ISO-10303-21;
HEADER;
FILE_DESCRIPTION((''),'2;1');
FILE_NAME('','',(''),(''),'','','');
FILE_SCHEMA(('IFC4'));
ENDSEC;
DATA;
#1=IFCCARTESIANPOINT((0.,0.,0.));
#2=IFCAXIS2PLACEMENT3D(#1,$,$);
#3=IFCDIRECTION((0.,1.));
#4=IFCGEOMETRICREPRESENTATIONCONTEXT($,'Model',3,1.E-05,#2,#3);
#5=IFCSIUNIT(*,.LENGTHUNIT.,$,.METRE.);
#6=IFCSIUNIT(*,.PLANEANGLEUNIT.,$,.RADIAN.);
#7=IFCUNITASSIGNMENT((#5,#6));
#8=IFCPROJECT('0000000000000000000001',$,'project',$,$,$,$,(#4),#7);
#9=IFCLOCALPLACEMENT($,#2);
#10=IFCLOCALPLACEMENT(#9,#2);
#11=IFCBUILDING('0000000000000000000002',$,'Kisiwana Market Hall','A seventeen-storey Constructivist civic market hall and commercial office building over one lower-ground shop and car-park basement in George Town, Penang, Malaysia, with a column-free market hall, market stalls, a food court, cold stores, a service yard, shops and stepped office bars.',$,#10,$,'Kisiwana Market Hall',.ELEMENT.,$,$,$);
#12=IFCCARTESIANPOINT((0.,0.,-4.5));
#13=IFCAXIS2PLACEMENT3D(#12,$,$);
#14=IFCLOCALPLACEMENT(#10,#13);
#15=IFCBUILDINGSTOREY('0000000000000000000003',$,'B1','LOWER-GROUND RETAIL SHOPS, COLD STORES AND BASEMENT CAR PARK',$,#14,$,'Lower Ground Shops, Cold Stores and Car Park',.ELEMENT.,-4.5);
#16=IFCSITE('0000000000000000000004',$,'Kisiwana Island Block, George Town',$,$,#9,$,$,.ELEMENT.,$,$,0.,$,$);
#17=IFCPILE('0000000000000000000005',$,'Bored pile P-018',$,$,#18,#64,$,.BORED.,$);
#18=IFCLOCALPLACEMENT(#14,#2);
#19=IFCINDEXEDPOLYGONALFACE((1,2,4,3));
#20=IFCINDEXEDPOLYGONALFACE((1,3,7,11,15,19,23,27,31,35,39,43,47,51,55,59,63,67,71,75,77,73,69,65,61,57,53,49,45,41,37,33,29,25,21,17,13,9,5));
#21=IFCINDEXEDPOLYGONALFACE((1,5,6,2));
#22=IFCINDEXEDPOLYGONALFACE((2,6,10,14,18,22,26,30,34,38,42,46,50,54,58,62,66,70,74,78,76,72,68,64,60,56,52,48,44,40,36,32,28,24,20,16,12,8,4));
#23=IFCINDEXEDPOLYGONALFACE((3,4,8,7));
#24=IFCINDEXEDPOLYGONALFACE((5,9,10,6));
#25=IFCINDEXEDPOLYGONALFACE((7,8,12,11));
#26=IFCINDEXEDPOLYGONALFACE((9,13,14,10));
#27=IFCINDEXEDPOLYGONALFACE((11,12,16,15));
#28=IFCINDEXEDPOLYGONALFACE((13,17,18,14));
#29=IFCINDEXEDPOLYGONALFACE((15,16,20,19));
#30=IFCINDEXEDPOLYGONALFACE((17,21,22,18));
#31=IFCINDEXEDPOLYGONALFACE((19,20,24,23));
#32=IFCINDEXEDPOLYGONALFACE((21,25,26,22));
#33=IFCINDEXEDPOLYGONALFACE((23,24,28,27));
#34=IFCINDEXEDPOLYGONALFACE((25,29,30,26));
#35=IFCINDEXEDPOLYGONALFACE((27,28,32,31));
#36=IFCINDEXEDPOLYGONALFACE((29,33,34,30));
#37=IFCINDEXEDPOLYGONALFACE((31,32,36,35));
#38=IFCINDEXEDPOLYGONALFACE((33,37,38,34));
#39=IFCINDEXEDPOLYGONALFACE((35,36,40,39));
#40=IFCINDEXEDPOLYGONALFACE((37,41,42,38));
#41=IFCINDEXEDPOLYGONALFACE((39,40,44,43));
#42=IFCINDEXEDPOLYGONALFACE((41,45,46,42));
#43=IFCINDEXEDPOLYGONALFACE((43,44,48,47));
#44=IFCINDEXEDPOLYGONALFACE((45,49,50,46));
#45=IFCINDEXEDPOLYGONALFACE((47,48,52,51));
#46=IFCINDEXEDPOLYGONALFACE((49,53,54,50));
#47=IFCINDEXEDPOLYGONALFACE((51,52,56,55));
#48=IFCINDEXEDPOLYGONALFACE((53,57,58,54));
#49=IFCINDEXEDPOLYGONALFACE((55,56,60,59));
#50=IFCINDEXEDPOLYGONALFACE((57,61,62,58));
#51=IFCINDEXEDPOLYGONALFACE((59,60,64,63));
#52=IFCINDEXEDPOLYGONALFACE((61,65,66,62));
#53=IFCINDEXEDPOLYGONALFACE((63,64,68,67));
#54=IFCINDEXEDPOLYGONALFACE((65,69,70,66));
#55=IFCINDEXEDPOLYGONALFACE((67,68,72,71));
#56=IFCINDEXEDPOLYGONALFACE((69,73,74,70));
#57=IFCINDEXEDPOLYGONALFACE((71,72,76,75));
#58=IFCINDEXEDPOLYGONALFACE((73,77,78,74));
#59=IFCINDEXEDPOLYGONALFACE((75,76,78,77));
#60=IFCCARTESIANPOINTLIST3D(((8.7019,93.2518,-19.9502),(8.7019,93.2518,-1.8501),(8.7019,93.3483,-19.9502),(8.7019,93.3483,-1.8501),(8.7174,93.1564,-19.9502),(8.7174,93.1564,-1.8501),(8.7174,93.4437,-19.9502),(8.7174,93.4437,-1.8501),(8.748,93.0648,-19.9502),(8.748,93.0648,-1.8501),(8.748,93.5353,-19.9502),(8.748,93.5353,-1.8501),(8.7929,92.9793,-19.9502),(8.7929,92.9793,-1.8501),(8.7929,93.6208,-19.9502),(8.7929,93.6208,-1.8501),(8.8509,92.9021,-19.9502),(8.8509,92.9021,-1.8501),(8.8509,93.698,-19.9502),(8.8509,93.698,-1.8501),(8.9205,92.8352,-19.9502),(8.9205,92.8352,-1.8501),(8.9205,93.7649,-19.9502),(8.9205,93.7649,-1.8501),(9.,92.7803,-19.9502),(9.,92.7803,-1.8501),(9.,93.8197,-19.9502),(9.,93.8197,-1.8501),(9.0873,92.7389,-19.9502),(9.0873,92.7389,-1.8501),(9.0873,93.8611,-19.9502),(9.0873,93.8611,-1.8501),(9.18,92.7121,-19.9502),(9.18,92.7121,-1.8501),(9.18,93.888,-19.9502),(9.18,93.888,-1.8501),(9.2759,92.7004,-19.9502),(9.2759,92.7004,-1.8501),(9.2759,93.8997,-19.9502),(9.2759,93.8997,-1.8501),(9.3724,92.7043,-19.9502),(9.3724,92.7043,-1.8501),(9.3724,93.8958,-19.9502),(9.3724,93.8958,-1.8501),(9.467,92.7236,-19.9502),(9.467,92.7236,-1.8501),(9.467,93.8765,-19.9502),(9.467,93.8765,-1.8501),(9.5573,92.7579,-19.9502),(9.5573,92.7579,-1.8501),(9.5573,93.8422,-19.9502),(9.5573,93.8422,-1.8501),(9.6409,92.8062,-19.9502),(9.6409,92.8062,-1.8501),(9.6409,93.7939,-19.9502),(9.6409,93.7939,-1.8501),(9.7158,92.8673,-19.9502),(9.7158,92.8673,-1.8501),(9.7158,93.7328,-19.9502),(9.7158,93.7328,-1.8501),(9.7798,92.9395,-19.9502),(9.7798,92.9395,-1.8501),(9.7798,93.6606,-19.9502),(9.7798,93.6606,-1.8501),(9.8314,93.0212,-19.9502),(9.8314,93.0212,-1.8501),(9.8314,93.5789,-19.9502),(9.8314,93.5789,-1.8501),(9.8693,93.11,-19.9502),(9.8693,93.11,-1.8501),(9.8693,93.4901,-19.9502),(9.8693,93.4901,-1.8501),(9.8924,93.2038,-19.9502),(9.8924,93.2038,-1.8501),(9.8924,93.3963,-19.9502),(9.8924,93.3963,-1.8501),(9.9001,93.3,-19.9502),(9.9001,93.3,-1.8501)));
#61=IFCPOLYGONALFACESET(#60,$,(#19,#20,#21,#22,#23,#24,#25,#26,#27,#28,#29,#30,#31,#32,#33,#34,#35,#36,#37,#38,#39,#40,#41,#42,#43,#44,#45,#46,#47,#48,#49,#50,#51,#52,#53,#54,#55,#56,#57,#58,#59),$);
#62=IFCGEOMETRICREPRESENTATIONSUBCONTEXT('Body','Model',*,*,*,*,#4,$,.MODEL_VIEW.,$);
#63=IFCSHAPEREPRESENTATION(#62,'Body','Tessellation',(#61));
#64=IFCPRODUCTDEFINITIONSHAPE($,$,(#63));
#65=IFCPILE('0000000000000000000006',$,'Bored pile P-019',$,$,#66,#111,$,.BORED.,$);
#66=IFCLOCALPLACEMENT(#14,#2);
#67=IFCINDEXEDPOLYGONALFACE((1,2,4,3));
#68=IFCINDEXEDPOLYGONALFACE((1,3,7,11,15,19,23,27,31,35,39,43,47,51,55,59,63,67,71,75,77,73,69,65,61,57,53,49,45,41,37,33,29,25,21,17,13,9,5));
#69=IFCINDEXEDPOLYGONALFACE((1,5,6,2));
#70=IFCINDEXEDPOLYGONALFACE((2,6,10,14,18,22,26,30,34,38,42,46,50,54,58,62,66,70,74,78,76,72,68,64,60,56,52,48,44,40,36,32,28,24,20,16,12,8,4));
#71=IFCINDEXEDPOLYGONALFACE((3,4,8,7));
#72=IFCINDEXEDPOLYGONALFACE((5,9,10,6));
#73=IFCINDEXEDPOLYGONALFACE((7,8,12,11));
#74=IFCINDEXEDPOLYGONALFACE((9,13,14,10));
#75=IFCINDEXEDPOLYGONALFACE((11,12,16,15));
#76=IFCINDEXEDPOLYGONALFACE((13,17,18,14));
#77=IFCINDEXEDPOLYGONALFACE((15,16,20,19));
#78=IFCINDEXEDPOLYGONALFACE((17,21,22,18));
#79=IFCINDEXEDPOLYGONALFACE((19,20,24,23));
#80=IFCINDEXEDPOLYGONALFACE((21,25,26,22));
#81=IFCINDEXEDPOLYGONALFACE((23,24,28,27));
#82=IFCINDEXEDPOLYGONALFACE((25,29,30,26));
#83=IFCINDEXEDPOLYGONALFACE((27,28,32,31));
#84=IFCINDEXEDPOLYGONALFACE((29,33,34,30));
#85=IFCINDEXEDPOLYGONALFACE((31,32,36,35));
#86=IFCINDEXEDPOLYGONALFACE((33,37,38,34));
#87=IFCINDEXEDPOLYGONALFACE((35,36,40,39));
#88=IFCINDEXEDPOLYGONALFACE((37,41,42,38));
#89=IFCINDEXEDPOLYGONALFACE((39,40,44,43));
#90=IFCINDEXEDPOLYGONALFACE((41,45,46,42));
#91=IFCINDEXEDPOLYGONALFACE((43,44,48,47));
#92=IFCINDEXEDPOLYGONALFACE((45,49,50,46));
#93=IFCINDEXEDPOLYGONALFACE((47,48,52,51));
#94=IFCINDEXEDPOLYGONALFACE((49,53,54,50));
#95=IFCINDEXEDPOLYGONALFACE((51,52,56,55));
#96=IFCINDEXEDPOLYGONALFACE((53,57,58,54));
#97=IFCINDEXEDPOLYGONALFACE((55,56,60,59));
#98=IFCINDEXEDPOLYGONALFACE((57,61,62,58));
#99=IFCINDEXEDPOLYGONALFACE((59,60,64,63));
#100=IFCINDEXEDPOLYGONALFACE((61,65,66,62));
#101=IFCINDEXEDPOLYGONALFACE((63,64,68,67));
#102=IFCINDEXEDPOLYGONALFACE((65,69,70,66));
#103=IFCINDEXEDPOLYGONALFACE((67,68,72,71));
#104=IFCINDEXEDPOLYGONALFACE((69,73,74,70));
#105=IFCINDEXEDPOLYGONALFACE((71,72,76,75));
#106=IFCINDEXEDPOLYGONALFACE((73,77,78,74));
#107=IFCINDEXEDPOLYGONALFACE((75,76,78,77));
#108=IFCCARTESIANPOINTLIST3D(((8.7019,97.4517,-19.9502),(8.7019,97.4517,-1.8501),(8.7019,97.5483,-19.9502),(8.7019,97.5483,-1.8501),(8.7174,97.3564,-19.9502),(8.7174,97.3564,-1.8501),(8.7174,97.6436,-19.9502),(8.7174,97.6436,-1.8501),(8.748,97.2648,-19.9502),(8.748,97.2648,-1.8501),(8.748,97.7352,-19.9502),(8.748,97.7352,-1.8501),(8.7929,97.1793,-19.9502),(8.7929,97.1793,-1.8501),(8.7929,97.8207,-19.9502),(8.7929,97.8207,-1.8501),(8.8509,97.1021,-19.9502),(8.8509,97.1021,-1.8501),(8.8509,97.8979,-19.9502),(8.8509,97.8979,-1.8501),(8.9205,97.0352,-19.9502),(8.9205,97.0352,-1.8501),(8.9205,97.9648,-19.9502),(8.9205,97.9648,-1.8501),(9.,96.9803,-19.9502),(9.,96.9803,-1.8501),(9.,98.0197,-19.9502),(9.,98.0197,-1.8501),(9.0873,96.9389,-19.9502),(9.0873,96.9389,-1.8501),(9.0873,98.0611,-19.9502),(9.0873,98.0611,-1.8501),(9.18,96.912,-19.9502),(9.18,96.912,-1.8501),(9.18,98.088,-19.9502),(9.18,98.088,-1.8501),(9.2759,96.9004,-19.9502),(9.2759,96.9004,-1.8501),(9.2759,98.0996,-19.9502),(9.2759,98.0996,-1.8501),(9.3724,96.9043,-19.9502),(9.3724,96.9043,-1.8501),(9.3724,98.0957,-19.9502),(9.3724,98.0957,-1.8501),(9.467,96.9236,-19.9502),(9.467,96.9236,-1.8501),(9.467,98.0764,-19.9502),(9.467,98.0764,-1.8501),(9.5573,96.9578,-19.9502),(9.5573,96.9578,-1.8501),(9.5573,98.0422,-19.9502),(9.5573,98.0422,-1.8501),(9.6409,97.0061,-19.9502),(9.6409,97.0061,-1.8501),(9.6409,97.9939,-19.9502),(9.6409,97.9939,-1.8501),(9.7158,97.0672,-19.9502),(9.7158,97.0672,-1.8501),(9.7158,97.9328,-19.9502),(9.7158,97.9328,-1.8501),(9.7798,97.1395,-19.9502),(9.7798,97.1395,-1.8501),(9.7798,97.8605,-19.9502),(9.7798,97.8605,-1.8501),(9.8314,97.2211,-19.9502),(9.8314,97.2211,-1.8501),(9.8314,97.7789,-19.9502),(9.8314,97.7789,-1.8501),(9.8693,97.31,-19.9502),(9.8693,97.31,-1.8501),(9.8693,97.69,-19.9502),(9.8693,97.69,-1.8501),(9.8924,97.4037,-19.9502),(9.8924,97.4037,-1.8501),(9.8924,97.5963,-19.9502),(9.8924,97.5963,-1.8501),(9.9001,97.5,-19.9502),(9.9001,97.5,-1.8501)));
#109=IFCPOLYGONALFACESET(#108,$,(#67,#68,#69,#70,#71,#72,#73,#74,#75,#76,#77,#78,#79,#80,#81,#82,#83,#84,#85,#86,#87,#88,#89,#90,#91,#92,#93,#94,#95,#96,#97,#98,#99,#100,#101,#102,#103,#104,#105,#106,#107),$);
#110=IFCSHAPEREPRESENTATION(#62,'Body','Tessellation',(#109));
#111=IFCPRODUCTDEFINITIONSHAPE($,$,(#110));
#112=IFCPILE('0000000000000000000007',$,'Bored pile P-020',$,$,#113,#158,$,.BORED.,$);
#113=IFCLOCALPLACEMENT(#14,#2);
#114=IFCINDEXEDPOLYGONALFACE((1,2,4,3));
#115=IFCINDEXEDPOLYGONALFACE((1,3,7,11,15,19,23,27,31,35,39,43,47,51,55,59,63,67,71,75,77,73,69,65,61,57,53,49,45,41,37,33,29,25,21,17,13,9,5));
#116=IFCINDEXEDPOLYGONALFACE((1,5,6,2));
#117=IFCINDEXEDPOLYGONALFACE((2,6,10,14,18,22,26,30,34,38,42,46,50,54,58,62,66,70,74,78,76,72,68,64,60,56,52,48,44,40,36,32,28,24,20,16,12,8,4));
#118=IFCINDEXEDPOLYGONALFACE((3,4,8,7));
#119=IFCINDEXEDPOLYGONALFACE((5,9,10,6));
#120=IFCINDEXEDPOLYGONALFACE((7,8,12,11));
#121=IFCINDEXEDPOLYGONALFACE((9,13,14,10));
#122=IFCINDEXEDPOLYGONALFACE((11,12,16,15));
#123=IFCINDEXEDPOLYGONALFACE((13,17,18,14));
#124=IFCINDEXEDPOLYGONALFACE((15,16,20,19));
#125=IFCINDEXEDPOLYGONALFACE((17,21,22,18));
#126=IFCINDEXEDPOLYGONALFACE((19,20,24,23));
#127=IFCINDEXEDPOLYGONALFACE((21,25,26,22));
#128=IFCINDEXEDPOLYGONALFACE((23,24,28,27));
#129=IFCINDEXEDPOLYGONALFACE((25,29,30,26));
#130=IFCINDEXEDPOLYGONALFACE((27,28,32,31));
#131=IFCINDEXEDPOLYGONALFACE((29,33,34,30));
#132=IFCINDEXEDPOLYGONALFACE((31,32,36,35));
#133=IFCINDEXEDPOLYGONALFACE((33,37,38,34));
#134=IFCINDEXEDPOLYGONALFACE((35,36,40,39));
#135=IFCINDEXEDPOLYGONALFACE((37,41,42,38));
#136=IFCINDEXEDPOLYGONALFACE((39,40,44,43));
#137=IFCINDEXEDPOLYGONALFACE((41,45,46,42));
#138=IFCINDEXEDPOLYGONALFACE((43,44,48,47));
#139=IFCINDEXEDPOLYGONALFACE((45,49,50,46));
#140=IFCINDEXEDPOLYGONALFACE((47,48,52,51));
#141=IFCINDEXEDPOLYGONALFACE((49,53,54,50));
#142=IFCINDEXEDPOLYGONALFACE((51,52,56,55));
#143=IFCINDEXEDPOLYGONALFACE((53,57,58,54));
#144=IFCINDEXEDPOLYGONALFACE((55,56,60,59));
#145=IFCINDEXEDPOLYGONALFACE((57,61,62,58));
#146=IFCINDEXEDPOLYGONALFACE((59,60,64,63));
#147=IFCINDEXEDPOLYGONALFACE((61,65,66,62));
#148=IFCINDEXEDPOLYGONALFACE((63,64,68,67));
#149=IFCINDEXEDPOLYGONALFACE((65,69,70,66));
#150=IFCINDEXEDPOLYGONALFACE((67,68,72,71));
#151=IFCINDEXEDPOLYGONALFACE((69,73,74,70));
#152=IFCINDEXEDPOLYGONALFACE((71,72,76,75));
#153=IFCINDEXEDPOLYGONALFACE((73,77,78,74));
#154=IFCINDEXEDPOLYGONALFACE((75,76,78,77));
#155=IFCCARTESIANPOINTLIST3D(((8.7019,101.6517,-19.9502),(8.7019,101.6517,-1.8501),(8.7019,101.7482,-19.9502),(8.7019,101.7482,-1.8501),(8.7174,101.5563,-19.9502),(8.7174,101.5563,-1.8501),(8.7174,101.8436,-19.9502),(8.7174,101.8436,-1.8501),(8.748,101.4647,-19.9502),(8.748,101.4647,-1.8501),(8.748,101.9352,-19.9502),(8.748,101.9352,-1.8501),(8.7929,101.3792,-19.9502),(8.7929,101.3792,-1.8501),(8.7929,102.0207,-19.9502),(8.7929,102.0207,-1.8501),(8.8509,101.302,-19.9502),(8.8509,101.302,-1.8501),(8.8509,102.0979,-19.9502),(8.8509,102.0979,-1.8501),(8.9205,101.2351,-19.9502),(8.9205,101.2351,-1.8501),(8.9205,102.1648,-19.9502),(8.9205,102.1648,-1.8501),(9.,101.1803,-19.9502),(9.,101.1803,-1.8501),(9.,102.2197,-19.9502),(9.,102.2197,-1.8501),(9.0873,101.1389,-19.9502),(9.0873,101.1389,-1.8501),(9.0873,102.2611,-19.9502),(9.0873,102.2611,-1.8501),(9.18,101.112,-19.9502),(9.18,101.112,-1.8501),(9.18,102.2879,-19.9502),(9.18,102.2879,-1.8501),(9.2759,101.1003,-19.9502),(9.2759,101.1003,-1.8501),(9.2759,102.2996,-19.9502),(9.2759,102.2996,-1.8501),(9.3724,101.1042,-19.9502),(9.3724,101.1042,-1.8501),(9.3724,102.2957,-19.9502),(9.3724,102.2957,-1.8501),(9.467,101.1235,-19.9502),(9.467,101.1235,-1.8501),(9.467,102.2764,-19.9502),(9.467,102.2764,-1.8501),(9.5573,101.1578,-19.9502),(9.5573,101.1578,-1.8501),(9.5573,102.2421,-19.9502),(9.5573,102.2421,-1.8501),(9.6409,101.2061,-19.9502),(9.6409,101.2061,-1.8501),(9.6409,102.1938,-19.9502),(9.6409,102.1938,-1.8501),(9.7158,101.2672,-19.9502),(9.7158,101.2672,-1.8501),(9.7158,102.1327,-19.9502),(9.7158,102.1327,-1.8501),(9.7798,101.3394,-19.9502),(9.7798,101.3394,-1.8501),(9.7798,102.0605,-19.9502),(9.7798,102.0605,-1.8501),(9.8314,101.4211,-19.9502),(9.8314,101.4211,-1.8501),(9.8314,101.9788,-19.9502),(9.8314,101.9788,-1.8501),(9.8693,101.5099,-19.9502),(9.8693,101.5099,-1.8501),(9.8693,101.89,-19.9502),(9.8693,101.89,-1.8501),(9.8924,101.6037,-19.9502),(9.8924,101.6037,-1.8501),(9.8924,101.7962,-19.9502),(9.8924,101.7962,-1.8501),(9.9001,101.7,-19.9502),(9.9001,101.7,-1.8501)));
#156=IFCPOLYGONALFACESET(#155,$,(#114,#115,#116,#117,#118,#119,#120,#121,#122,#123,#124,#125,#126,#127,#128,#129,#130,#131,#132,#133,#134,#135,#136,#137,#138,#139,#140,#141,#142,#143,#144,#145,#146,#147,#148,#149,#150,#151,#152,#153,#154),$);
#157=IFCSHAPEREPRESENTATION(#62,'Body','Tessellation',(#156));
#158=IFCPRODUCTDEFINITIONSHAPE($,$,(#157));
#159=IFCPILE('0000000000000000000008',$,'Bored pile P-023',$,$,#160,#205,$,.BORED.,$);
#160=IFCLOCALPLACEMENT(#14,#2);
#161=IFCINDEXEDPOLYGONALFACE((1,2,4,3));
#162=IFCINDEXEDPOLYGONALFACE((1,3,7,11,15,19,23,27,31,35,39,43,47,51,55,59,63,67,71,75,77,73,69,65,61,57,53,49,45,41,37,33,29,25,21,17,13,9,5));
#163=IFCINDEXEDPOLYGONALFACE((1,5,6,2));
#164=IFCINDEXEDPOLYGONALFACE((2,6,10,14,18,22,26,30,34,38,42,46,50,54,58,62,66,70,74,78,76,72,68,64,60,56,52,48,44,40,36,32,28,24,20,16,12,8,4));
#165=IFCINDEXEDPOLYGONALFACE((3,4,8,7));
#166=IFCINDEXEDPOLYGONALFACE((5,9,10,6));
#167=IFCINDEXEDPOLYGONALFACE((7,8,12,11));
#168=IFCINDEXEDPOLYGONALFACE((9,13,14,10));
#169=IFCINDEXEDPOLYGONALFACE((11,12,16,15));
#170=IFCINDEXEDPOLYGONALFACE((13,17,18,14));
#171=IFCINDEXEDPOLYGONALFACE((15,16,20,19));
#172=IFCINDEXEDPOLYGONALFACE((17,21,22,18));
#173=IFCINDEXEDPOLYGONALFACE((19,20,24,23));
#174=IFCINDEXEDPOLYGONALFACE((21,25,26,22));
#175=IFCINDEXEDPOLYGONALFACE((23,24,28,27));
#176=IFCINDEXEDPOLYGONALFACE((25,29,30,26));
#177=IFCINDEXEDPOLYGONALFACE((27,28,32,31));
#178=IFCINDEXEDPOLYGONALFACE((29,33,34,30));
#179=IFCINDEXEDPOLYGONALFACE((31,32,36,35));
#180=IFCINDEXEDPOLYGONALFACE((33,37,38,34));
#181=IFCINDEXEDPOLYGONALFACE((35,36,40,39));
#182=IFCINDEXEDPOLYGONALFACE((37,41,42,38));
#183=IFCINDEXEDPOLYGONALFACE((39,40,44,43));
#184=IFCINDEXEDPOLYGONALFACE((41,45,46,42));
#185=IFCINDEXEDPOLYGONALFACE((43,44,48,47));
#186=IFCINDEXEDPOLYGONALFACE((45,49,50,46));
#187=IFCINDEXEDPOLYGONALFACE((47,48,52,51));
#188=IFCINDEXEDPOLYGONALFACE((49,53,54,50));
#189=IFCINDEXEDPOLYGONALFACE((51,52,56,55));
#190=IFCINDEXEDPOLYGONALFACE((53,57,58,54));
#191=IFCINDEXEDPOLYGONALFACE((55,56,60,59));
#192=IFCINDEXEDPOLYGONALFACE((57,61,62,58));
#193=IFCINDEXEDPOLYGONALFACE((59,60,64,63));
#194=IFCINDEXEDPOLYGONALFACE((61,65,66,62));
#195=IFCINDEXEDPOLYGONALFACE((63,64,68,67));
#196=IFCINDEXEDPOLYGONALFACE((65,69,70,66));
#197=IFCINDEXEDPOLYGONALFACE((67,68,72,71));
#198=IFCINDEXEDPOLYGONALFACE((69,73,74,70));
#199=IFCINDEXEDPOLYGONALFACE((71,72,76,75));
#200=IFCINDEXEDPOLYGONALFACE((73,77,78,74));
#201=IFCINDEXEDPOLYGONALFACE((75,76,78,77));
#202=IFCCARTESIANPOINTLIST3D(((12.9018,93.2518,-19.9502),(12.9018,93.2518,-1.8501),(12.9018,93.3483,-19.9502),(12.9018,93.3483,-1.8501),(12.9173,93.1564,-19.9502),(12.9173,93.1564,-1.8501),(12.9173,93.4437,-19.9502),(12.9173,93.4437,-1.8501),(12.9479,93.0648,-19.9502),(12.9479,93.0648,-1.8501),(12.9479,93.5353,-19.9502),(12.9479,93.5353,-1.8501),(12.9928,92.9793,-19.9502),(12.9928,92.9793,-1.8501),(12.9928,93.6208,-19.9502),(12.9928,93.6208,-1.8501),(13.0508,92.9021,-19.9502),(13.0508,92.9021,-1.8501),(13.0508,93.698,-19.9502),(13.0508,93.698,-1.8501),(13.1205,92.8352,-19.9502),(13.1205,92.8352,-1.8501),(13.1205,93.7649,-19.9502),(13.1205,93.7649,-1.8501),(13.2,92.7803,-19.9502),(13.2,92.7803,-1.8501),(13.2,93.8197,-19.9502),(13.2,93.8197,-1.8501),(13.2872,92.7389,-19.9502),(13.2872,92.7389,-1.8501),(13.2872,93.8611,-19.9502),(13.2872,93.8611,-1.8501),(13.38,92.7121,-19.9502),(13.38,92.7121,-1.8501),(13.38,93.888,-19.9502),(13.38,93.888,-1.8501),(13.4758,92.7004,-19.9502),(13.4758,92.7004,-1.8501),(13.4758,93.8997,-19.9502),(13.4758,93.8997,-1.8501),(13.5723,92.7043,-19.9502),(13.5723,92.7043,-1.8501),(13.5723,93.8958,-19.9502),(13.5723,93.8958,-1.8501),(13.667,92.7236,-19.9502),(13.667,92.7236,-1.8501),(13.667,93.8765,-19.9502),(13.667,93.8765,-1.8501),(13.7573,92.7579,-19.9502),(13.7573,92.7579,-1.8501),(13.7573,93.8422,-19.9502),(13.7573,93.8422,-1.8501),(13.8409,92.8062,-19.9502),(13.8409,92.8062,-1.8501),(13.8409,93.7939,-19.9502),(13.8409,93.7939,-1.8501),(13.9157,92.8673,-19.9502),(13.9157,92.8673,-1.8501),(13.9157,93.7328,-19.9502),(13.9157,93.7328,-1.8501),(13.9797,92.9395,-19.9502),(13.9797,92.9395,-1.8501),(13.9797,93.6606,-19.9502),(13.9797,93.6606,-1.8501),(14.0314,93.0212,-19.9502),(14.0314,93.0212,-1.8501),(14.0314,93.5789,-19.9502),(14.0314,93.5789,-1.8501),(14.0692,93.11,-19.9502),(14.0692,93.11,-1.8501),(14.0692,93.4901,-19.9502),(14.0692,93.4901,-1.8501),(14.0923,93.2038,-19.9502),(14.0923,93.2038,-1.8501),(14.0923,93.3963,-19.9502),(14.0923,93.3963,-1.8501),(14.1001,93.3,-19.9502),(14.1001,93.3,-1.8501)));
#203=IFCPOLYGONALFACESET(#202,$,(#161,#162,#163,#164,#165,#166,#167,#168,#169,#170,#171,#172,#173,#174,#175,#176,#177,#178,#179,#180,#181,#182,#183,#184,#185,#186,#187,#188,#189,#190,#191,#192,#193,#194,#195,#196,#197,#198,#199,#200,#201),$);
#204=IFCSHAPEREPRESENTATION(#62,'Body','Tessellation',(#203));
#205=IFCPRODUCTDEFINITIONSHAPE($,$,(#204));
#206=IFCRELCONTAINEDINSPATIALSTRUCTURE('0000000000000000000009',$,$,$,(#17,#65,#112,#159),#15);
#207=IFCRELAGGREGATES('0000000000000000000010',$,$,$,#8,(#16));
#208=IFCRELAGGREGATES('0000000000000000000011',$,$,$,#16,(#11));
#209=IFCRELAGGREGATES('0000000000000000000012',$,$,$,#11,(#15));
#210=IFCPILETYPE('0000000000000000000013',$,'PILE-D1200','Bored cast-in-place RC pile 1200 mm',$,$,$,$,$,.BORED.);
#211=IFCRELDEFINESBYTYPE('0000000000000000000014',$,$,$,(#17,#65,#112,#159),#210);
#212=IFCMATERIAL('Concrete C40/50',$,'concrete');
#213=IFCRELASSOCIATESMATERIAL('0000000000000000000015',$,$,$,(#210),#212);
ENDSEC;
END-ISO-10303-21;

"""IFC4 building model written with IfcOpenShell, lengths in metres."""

from ifc_helpers import new_model, si_unit, direction, frame, origin, origin_2d, place, context, subcontext, project, spatial, circle, extrude, material, material_profile, profile_set, type_object, element, save


model = new_model("IFC4")

# Units and contexts
model_context = context("Model", 3, precision=1e-05, world=origin(), true_north=direction((0.0, 1.0)))
body_context = subcontext(model_context, "Body", "Model", "MODEL_VIEW")
ifc_project = project(units=[si_unit("LENGTHUNIT", "METRE"), si_unit("PLANEANGLEUNIT", "RADIAN")], contexts=[model_context])

# Site, building, storey
site_placement = place(None, origin())
site = spatial("IfcSite", under=ifc_project, at=site_placement, Name="Kisiwana Island Block, George Town", CompositionType="ELEMENT", RefElevation=0.0)
building_placement = place(site_placement, origin())
building = spatial("IfcBuilding", under=site, at=building_placement, Name="Kisiwana Market Hall", Description="A seventeen-storey Constructivist civic market hall and commercial office building over one lower-ground shop and car-park basement in George Town, Penang, Malaysia, with a column-free market hall, market stalls, a food court, cold stores, a service yard, shops and stepped office bars.", LongName="Kisiwana Market Hall", CompositionType="ELEMENT")
storey_placement = place(building_placement, frame((0.0, 0.0, -4.5)))
storey = spatial("IfcBuildingStorey", under=building, at=storey_placement, Name="B1", Description="LOWER-GROUND RETAIL SHOPS, COLD STORES AND BASEMENT CAR PARK", LongName="Lower Ground Shops, Cold Stores and Car Park", CompositionType="ELEMENT", Elevation=-4.5)

# Piles
ifc_material_1 = material(Name="Concrete C40/50", Category="concrete")
ifc_material_profile_1 = material_profile(ifc_material_1, circle(Radius=0.6001, at=origin_2d()), Name="BP D1200")
ifc_profile_set_1 = profile_set([ifc_material_profile_1], Name="Concrete C40/50")
pile_type_1 = type_object("IfcPileType", Name="PILE-D1200", Description="Bored cast-in-place RC pile 1200 mm", PredefinedType="BORED", material=ifc_profile_set_1)
for number, where, z_axis, x_axis, name in (
    (1, (9.3, 93.3, -1.8501), (0.0, 0.0, -1.0), (1.0, 0.0, 0.0), "Bored pile P-018"),
    (2, (9.3, 97.5, -1.8501), (0.0, 0.0, -1.0), (1.0, 0.0, 0.0), "Bored pile P-019"),
    (3, (9.3, 101.7, -1.8501), (0.0, 0.0, -1.0), (1.0, 0.0, 0.0), "Bored pile P-020"),
    (4, (13.5, 93.3, -1.8501), (0.0, 0.0, -1.0), (1.0, 0.0, 0.0), "Bored pile P-023"),
):
    element("IfcPile", number, at=place(storey_placement, frame(where, z_axis=z_axis, x_axis=x_axis)), inside=storey, type_object=pile_type_1, Name=name, PredefinedType="BORED", context=body_context, shape_type="SweptSolid", body=[
        extrude(circle(Radius=0.6001, at=origin_2d()), origin(), (0.0, 0.0, 1.0), 18.1001),
    ])

save(model, "model.ifc")
